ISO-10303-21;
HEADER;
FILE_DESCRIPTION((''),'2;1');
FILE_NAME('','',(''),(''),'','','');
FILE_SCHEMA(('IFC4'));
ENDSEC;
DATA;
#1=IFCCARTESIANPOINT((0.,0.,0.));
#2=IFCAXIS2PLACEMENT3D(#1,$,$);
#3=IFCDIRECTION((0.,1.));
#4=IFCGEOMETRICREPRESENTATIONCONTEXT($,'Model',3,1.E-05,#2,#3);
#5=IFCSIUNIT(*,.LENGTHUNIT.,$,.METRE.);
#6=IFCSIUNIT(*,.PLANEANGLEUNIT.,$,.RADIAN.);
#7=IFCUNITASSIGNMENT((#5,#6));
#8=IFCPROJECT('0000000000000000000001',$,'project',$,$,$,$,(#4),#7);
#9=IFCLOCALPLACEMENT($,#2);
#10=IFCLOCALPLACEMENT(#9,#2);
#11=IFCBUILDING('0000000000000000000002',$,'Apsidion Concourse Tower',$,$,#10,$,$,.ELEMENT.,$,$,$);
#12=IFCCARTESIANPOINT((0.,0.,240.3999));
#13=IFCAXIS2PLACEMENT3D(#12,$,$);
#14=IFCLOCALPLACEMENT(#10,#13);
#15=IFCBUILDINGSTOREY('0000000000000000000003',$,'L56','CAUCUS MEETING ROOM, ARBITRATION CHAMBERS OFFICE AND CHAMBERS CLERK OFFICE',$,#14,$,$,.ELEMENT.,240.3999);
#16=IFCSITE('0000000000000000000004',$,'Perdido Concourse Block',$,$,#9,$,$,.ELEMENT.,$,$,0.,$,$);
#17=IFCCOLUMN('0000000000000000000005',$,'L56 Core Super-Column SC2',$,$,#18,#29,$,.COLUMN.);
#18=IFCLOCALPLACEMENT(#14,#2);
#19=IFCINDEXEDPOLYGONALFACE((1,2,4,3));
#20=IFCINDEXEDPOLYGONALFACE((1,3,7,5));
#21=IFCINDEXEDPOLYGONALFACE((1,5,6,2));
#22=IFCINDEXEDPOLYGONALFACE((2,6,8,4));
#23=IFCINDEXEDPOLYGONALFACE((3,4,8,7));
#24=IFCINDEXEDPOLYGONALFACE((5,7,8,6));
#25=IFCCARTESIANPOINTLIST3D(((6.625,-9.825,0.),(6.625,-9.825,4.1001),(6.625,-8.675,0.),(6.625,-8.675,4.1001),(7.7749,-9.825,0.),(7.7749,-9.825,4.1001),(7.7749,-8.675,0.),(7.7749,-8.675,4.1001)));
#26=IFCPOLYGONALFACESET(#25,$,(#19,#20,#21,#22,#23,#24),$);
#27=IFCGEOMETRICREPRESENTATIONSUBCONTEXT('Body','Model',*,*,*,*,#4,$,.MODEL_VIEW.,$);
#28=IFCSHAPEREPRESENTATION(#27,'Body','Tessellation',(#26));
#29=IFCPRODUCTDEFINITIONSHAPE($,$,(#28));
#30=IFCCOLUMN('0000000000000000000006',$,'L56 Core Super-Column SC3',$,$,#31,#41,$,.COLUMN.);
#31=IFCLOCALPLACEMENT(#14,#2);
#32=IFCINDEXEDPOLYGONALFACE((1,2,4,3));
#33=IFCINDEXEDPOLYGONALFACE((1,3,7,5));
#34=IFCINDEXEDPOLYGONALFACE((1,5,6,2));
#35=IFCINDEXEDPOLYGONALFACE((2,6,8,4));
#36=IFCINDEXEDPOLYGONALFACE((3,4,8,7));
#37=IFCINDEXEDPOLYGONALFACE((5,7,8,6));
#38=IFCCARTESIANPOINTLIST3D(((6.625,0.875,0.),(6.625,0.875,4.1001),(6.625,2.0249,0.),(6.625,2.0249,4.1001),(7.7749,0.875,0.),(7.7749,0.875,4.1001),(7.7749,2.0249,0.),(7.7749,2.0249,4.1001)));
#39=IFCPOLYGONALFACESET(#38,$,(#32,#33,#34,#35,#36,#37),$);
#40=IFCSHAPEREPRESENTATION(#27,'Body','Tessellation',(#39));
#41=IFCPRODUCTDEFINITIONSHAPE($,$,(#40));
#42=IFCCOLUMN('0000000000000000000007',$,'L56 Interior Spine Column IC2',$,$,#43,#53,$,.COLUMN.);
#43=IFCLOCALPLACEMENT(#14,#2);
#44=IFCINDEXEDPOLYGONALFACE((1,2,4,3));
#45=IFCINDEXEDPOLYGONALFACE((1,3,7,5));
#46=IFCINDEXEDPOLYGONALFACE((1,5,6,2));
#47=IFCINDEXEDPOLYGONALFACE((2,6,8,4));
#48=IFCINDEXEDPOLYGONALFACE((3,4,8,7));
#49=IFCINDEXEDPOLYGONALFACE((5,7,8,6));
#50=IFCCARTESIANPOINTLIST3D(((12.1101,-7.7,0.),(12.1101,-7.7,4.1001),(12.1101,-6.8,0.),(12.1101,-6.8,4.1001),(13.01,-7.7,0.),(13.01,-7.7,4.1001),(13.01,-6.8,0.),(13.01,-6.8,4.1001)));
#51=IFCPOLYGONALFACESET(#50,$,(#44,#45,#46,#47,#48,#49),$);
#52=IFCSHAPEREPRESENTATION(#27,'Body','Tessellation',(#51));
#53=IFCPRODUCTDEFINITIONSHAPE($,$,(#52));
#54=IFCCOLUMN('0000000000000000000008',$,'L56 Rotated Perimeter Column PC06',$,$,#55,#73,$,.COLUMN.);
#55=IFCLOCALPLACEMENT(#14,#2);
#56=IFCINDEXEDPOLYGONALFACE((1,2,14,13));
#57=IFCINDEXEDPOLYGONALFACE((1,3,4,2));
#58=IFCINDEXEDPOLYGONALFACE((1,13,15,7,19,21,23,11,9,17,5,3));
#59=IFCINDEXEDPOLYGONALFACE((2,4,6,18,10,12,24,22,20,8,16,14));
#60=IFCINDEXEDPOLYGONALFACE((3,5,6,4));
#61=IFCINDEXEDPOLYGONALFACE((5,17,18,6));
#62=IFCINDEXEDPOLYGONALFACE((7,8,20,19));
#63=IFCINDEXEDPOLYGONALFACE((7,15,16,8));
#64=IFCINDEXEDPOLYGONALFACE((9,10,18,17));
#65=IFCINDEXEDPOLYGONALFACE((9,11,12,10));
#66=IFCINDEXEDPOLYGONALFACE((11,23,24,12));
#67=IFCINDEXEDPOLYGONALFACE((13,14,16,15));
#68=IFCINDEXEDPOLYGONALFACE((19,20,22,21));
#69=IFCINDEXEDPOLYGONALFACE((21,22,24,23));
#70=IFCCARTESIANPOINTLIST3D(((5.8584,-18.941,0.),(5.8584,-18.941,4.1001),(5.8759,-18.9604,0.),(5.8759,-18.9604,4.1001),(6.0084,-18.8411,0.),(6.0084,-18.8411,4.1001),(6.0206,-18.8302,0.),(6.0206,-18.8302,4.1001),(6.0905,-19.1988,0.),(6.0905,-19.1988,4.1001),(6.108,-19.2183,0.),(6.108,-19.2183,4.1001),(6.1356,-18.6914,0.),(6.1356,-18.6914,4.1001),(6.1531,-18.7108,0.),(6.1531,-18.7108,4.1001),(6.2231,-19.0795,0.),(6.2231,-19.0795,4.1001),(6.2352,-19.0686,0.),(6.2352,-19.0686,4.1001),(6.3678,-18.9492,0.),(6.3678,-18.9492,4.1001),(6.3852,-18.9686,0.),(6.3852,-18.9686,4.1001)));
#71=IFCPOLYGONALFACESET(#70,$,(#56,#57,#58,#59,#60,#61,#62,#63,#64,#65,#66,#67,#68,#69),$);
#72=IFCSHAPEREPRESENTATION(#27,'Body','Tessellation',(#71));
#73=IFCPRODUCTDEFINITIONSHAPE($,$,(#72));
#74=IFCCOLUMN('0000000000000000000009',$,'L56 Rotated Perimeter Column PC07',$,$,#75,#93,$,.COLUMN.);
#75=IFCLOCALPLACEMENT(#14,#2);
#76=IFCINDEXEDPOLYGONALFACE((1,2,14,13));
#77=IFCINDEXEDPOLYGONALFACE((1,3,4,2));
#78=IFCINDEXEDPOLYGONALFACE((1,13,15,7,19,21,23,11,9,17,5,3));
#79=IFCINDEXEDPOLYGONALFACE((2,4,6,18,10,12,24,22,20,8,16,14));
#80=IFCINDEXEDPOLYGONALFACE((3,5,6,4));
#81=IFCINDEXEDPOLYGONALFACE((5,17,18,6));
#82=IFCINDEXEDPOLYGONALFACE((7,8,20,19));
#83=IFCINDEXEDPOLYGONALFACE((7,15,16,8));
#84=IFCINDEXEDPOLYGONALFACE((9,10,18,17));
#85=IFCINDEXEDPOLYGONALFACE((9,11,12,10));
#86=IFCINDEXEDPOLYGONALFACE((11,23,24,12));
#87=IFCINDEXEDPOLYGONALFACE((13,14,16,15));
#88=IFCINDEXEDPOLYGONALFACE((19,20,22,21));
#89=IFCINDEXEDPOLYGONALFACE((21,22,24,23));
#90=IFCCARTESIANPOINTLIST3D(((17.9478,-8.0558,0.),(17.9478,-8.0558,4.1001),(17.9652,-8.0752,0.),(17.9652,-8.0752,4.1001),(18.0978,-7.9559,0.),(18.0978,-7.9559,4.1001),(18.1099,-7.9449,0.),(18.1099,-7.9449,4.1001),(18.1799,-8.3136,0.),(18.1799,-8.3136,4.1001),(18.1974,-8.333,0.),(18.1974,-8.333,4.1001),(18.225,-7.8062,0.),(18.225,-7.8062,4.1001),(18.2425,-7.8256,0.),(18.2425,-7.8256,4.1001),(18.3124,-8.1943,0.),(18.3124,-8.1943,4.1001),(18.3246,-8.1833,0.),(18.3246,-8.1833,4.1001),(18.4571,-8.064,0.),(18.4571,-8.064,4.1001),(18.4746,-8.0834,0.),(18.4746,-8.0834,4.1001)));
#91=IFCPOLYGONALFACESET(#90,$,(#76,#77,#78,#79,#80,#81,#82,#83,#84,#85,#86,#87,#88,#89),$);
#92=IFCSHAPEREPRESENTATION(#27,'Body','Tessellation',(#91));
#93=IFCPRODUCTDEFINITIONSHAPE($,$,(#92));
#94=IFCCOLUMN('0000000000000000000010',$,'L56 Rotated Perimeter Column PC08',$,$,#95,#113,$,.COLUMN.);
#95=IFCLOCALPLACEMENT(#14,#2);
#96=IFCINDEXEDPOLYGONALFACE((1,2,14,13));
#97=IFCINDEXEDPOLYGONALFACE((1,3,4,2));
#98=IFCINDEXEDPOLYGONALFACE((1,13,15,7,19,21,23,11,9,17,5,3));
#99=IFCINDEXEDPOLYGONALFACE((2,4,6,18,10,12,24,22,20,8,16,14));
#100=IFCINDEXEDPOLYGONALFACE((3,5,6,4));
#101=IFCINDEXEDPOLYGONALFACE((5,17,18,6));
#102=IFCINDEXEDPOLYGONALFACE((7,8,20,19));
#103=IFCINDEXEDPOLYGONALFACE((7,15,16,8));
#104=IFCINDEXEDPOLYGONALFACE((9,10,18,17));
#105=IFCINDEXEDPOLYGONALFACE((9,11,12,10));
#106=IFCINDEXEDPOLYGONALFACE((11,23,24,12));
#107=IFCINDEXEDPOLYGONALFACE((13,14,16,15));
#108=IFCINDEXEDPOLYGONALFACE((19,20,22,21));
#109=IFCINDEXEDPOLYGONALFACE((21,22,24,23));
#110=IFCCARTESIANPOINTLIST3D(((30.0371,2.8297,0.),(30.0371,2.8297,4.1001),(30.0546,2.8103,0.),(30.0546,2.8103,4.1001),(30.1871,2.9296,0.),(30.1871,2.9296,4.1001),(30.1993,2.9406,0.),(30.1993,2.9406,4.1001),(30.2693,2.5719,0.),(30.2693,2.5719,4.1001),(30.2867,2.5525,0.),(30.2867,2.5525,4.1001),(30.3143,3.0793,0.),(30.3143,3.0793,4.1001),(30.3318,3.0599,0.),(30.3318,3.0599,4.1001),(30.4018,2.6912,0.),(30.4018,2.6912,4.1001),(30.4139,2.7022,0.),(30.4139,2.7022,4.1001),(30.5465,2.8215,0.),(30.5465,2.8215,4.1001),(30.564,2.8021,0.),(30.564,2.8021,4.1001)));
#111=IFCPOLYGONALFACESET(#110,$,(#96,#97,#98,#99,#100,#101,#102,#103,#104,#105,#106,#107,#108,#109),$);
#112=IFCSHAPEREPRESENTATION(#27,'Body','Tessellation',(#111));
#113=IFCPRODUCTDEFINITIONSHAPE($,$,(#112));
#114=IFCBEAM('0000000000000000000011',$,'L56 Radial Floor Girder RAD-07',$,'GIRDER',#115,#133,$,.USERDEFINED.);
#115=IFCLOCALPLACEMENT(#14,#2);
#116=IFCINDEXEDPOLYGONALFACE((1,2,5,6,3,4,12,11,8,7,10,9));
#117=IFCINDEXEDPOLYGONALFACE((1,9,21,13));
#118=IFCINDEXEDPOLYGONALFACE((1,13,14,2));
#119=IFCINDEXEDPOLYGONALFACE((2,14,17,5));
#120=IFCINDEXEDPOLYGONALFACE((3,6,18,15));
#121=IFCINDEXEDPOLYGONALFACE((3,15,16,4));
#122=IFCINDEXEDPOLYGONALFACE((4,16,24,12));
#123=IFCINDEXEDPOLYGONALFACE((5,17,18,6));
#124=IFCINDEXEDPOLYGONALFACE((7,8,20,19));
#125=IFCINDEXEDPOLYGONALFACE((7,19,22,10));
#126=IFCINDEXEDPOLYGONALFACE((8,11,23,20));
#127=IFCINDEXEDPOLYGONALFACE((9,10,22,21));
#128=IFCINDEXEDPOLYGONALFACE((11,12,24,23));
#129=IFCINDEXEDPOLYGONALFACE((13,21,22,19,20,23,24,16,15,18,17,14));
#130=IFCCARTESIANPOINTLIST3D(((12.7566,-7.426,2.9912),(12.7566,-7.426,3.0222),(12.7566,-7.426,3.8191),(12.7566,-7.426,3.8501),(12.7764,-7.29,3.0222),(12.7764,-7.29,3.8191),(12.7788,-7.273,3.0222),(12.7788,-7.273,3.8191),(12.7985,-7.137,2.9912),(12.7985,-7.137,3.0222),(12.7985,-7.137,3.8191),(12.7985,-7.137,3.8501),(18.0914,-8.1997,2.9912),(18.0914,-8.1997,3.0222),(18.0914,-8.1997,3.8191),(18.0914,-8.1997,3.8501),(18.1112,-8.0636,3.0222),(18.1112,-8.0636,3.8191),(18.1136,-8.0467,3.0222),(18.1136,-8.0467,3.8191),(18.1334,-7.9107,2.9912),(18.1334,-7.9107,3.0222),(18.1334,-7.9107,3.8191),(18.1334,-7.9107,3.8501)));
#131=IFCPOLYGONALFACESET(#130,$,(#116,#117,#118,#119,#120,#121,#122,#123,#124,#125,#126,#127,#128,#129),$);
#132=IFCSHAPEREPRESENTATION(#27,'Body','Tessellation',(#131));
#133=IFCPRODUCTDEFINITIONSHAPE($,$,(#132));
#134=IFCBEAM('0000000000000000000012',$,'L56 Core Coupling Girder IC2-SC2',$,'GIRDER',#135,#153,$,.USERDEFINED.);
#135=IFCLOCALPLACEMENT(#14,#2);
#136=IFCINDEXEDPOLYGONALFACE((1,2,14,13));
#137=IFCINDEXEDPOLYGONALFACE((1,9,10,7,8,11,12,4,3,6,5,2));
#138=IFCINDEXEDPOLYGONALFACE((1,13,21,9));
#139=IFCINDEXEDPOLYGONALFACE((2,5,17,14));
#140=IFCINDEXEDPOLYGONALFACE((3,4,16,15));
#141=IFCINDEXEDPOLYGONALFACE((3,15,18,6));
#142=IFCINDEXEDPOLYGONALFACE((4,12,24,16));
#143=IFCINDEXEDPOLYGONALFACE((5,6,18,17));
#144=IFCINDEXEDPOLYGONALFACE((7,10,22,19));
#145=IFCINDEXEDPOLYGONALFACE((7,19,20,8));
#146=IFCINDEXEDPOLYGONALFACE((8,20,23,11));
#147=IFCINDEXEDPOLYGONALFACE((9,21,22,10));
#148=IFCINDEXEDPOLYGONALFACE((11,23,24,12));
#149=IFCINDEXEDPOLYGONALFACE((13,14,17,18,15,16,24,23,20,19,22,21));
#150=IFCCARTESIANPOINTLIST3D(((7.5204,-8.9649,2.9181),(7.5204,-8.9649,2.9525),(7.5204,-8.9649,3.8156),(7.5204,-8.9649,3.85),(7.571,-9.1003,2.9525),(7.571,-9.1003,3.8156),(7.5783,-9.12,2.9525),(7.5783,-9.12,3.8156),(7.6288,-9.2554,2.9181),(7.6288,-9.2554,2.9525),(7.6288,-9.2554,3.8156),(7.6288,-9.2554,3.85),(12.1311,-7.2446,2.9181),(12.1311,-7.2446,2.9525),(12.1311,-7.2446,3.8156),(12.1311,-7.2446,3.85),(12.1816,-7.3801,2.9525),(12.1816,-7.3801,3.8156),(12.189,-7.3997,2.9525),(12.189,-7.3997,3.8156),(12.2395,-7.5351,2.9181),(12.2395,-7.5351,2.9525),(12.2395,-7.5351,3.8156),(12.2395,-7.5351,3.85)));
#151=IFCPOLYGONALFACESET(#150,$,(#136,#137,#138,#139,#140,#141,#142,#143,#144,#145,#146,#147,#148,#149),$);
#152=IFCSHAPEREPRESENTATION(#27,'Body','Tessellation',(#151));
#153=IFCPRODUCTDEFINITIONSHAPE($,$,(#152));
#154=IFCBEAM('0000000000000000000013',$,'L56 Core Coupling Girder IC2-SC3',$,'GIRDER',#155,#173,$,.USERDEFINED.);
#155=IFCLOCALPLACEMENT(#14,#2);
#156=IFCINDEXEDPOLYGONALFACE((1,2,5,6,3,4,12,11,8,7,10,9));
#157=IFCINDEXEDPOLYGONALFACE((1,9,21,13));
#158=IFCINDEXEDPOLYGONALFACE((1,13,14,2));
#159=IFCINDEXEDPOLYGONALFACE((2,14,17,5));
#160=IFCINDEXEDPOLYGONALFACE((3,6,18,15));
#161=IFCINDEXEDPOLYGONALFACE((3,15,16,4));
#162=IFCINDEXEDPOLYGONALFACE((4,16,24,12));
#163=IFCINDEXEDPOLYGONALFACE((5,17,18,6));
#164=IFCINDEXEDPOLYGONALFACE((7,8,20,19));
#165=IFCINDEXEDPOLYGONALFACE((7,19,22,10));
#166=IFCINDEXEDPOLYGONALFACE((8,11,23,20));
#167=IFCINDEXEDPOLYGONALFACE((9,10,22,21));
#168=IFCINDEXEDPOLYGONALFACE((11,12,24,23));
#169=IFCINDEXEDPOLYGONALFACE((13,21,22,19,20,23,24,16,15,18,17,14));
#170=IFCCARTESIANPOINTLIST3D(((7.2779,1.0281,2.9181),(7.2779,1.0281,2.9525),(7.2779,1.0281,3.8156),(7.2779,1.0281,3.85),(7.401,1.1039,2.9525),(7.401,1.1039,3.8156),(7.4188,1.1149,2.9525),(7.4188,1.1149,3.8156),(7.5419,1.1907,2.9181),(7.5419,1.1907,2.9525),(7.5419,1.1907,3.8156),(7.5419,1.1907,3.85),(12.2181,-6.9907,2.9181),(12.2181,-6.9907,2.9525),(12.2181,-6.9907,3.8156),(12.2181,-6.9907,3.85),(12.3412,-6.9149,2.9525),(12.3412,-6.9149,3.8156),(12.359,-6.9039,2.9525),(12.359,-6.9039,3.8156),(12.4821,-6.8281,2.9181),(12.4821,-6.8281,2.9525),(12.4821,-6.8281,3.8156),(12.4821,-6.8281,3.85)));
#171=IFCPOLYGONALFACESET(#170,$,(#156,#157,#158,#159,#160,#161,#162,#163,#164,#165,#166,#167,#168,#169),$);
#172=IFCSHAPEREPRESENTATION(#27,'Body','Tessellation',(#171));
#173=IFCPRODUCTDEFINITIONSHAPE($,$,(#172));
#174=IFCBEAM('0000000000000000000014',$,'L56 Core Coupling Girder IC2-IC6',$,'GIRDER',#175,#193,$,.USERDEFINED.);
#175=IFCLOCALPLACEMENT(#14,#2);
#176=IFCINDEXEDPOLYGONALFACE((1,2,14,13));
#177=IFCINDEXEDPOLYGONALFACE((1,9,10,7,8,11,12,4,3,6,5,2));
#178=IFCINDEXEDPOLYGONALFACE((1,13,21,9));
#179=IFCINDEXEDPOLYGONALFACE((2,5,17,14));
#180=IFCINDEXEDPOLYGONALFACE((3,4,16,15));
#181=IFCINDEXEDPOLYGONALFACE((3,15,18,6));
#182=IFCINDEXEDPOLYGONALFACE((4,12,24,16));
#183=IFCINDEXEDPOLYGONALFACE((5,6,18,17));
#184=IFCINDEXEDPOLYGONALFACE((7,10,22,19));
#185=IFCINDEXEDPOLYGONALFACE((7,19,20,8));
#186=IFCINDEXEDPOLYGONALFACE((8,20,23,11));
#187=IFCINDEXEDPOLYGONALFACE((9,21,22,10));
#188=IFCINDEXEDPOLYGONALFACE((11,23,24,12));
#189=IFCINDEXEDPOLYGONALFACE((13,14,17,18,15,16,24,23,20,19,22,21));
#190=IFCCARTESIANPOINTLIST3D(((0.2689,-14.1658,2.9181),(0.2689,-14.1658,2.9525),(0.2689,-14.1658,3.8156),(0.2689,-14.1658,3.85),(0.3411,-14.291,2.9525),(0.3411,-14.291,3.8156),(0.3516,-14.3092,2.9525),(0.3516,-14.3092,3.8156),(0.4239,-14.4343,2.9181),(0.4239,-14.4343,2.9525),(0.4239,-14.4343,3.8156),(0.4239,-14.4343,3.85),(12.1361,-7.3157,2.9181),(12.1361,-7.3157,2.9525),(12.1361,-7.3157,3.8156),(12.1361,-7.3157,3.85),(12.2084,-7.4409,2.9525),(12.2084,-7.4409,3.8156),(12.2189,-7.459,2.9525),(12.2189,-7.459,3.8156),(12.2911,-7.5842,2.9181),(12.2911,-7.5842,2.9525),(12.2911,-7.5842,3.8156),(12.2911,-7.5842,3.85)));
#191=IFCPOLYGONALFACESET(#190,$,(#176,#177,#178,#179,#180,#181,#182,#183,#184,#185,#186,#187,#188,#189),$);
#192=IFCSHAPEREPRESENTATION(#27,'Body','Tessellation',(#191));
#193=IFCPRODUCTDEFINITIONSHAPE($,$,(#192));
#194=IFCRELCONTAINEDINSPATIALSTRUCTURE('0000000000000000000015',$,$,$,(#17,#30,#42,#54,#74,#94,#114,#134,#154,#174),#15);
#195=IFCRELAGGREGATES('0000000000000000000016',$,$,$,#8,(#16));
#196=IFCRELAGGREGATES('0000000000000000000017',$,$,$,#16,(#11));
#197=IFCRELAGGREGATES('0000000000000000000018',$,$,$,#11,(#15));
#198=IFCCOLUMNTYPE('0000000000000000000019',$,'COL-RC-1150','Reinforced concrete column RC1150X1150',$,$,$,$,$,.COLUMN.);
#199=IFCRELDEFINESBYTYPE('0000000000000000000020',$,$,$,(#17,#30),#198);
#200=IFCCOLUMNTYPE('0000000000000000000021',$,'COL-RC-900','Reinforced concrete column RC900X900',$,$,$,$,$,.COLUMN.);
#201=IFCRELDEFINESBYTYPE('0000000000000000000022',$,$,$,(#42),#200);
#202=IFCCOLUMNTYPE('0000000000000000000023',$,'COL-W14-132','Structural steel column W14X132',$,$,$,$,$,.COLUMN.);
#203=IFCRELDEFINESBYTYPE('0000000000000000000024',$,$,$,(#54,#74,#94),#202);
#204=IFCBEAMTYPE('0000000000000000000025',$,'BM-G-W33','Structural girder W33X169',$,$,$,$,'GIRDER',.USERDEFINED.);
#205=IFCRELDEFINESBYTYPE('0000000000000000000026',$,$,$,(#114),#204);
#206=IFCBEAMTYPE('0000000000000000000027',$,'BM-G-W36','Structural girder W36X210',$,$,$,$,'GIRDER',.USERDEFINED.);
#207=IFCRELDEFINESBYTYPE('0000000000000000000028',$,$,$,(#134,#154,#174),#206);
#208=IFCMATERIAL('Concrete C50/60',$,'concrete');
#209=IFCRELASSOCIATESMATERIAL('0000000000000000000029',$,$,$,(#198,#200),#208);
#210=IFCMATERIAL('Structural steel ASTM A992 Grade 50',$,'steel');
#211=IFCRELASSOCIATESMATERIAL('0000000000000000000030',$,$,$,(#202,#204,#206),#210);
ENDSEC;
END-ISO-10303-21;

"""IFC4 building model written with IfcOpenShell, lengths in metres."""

from ifc_helpers import new_model, si_unit, direction, frame, origin, origin_2d, place, context, subcontext, project, spatial, rectangle, i_section, extrude, material, material_profile, profile_set, type_object, element, save


model = new_model("IFC4")

# Units and contexts
model_context = context("Model", 3, precision=1e-05, world=origin(), true_north=direction((0.0, 1.0)))
body_context = subcontext(model_context, "Body", "Model", "MODEL_VIEW")
ifc_project = project(units=[si_unit("LENGTHUNIT", "METRE"), si_unit("PLANEANGLEUNIT", "RADIAN")], contexts=[model_context])

# Site, building, storey
site_placement = place(None, origin())
site = spatial("IfcSite", under=ifc_project, at=site_placement, Name="Perdido Concourse Block", CompositionType="ELEMENT", RefElevation=0.0)
building_placement = place(site_placement, origin())
building = spatial("IfcBuilding", under=site, at=building_placement, Name="Apsidion Concourse Tower", CompositionType="ELEMENT")
storey_placement = place(building_placement, frame((0.0, 0.0, 240.3999)))
storey = spatial("IfcBuildingStorey", under=building, at=storey_placement, Name="L56", Description="CAUCUS MEETING ROOM, ARBITRATION CHAMBERS OFFICE AND CHAMBERS CLERK OFFICE", CompositionType="ELEMENT", Elevation=240.3999)

# Columns
ifc_material_1 = material(Name="Concrete C50/60", Category="concrete")
ifc_material_profile_1 = material_profile(ifc_material_1, rectangle(XDim=1.1499, YDim=1.1499, at=origin_2d()), Name="RC 1150x1150")
ifc_profile_set_1 = profile_set([ifc_material_profile_1], Name="Concrete C50/60")
column_type_1 = type_object("IfcColumnType", Name="COL-RC-1150", Description="Reinforced concrete column RC1150X1150", PredefinedType="COLUMN", material=ifc_profile_set_1)
for number, where, z_axis, x_axis, name in (
    (1, (7.2, -9.25, 0.0), (0.0, 0.0, 1.0), (1.0, 0.0, 0.0), "L56 Core Super-Column SC2"),
    (2, (7.2, 1.45, 0.0), (0.0, 0.0, 1.0), (1.0, 0.0, 0.0), "L56 Core Super-Column SC3"),
):
    element("IfcColumn", number, at=place(storey_placement, frame(where, z_axis=z_axis, x_axis=x_axis)), inside=storey, type_object=column_type_1, Name=name, PredefinedType="COLUMN", context=body_context, shape_type="SweptSolid", body=[
        extrude(rectangle(XDim=1.1499, YDim=1.1499, at=origin_2d()), origin(), (0.0, 0.0, 1.0), 4.1001),
    ])
ifc_material_profile_2 = material_profile(ifc_material_1, rectangle(XDim=0.8999, YDim=0.8999, at=origin_2d()), Name="RC 900x900")
ifc_profile_set_2 = profile_set([ifc_material_profile_2], Name="Concrete C50/60")
column_type_2 = type_object("IfcColumnType", Name="COL-RC-900", Description="Reinforced concrete column RC900X900", PredefinedType="COLUMN", material=ifc_profile_set_2)
column_placement = place(storey_placement, frame((12.5601, -7.25, 0.0), z_axis=(0.0, 0.0, 1.0), x_axis=(1.0, 0.0, 0.0)))
element("IfcColumn", 3, at=column_placement, inside=storey, type_object=column_type_2, Name="L56 Interior Spine Column IC2", PredefinedType="COLUMN", context=body_context, shape_type="SweptSolid", body=[
    extrude(rectangle(XDim=0.8999, YDim=0.8999, at=origin_2d()), origin(), (0.0, 0.0, 1.0), 4.1001),
])
ifc_material_2 = material(Name="Structural steel ASTM A992 Grade 50", Category="steel")
ifc_material_profile_3 = material_profile(ifc_material_2, i_section(OverallWidth=0.373, OverallDepth=0.373, WebThickness=0.0164, FlangeThickness=0.0261, at=origin_2d()), Name="W14X132")
ifc_profile_set_3 = profile_set([ifc_material_profile_3], Name="Structural steel ASTM A992 Grade 50")
column_type_3 = type_object("IfcColumnType", Name="COL-W14-132", Description="Structural steel column W14X132", PredefinedType="COLUMN", material=ifc_profile_set_3)
for number, where, z_axis, x_axis, name in (
    (4, (6.1218, -18.9548, 0.0), (0.0, 0.0, 1.0), (0.743145, 0.669131, 0.0), "L56 Rotated Perimeter Column PC06"),
    (5, (18.2112, -8.0696, 0.0), (0.0, 0.0, 1.0), (0.743145, 0.669131, 0.0), "L56 Rotated Perimeter Column PC07"),
    (6, (30.3005, 2.8159, 0.0), (0.0, 0.0, 1.0), (0.743145, 0.669131, 0.0), "L56 Rotated Perimeter Column PC08"),
):
    element("IfcColumn", number, at=place(storey_placement, frame(where, z_axis=z_axis, x_axis=x_axis)), inside=storey, type_object=column_type_3, Name=name, PredefinedType="COLUMN", context=body_context, shape_type="SweptSolid", body=[
        extrude(i_section(OverallWidth=0.373, OverallDepth=0.373, WebThickness=0.0164, FlangeThickness=0.0261, at=origin_2d()), origin(), (0.0, 0.0, 1.0), 4.1001),
    ])

# Beams
ifc_material_profile_4 = material_profile(ifc_material_2, i_section(OverallWidth=0.292, OverallDepth=0.8589, WebThickness=0.0171, FlangeThickness=0.031, at=origin_2d()), Name="W33X169")
ifc_profile_set_4 = profile_set([ifc_material_profile_4], Name="Structural steel ASTM A992 Grade 50")
beam_type_1 = type_object("IfcBeamType", Name="BM-G-W33", Description="Structural girder W33X169", ElementType="GIRDER", PredefinedType="USERDEFINED", material=ifc_profile_set_4)
beam_1_placement = place(storey_placement, frame((12.7776, -7.2815, 3.4207), z_axis=(0.989647, -0.143526, 0.0), x_axis=(0.143526, 0.989647, 0.0)))
element("IfcBeam", 7, at=beam_1_placement, inside=storey, type_object=beam_type_1, Name="L56 Radial Floor Girder RAD-07", ObjectType="GIRDER", PredefinedType="USERDEFINED", context=body_context, shape_type="SweptSolid", body=[
    extrude(i_section(OverallWidth=0.292, OverallDepth=0.8589, WebThickness=0.0171, FlangeThickness=0.031, at=origin_2d()), origin(), (0.0, 0.0, 1.0), 5.3906),
])
ifc_material_profile_5 = material_profile(ifc_material_2, i_section(OverallWidth=0.3101, OverallDepth=0.9319, WebThickness=0.021, FlangeThickness=0.0344, at=origin_2d()), Name="W36X210")
ifc_profile_set_5 = profile_set([ifc_material_profile_5], Name="Structural steel ASTM A992 Grade 50")
beam_type_2 = type_object("IfcBeamType", Name="BM-G-W36", Description="Structural girder W36X210", ElementType="GIRDER", PredefinedType="USERDEFINED", material=ifc_profile_set_5)
beam_2_placement = place(storey_placement, frame((12.1853, -7.3899, 3.384), z_axis=(-0.936913, -0.349563, 0.0), x_axis=(0.349563, -0.936913, 0.0)))
element("IfcBeam", 8, at=beam_2_placement, inside=storey, type_object=beam_type_2, Name="L56 Core Coupling Girder IC2-SC2", ObjectType="GIRDER", PredefinedType="USERDEFINED", context=body_context, shape_type="SweptSolid", body=[
    extrude(i_section(OverallWidth=0.3101, OverallDepth=0.9319, WebThickness=0.021, FlangeThickness=0.0344, at=origin_2d()), origin(), (0.0, 0.0, 1.0), 4.9211),
])
beam_3_placement = place(storey_placement, frame((12.3501, -6.9094, 3.384), z_axis=(-0.524524, 0.851396, 0.0), x_axis=(-0.851396, -0.524524, 0.0)))
element("IfcBeam", 9, at=beam_3_placement, inside=storey, type_object=beam_type_2, Name="L56 Core Coupling Girder IC2-SC3", ObjectType="GIRDER", PredefinedType="USERDEFINED", context=body_context, shape_type="SweptSolid", body=[
    extrude(i_section(OverallWidth=0.3101, OverallDepth=0.9319, WebThickness=0.021, FlangeThickness=0.0344, at=origin_2d()), origin(), (0.0, 0.0, 1.0), 9.4185),
])
beam_4_placement = place(storey_placement, frame((12.2136, -7.45, 3.384), z_axis=(-0.86607, -0.499922, 0.0), x_axis=(0.499922, -0.86607, 0.0)))
element("IfcBeam", 10, at=beam_4_placement, inside=storey, type_object=beam_type_2, Name="L56 Core Coupling Girder IC2-IC6", ObjectType="GIRDER", PredefinedType="USERDEFINED", context=body_context, shape_type="SweptSolid", body=[
    extrude(i_section(OverallWidth=0.3101, OverallDepth=0.9319, WebThickness=0.021, FlangeThickness=0.0344, at=origin_2d()), origin(), (0.0, 0.0, 1.0), 13.7024),
])

save(model, "model.ifc")
